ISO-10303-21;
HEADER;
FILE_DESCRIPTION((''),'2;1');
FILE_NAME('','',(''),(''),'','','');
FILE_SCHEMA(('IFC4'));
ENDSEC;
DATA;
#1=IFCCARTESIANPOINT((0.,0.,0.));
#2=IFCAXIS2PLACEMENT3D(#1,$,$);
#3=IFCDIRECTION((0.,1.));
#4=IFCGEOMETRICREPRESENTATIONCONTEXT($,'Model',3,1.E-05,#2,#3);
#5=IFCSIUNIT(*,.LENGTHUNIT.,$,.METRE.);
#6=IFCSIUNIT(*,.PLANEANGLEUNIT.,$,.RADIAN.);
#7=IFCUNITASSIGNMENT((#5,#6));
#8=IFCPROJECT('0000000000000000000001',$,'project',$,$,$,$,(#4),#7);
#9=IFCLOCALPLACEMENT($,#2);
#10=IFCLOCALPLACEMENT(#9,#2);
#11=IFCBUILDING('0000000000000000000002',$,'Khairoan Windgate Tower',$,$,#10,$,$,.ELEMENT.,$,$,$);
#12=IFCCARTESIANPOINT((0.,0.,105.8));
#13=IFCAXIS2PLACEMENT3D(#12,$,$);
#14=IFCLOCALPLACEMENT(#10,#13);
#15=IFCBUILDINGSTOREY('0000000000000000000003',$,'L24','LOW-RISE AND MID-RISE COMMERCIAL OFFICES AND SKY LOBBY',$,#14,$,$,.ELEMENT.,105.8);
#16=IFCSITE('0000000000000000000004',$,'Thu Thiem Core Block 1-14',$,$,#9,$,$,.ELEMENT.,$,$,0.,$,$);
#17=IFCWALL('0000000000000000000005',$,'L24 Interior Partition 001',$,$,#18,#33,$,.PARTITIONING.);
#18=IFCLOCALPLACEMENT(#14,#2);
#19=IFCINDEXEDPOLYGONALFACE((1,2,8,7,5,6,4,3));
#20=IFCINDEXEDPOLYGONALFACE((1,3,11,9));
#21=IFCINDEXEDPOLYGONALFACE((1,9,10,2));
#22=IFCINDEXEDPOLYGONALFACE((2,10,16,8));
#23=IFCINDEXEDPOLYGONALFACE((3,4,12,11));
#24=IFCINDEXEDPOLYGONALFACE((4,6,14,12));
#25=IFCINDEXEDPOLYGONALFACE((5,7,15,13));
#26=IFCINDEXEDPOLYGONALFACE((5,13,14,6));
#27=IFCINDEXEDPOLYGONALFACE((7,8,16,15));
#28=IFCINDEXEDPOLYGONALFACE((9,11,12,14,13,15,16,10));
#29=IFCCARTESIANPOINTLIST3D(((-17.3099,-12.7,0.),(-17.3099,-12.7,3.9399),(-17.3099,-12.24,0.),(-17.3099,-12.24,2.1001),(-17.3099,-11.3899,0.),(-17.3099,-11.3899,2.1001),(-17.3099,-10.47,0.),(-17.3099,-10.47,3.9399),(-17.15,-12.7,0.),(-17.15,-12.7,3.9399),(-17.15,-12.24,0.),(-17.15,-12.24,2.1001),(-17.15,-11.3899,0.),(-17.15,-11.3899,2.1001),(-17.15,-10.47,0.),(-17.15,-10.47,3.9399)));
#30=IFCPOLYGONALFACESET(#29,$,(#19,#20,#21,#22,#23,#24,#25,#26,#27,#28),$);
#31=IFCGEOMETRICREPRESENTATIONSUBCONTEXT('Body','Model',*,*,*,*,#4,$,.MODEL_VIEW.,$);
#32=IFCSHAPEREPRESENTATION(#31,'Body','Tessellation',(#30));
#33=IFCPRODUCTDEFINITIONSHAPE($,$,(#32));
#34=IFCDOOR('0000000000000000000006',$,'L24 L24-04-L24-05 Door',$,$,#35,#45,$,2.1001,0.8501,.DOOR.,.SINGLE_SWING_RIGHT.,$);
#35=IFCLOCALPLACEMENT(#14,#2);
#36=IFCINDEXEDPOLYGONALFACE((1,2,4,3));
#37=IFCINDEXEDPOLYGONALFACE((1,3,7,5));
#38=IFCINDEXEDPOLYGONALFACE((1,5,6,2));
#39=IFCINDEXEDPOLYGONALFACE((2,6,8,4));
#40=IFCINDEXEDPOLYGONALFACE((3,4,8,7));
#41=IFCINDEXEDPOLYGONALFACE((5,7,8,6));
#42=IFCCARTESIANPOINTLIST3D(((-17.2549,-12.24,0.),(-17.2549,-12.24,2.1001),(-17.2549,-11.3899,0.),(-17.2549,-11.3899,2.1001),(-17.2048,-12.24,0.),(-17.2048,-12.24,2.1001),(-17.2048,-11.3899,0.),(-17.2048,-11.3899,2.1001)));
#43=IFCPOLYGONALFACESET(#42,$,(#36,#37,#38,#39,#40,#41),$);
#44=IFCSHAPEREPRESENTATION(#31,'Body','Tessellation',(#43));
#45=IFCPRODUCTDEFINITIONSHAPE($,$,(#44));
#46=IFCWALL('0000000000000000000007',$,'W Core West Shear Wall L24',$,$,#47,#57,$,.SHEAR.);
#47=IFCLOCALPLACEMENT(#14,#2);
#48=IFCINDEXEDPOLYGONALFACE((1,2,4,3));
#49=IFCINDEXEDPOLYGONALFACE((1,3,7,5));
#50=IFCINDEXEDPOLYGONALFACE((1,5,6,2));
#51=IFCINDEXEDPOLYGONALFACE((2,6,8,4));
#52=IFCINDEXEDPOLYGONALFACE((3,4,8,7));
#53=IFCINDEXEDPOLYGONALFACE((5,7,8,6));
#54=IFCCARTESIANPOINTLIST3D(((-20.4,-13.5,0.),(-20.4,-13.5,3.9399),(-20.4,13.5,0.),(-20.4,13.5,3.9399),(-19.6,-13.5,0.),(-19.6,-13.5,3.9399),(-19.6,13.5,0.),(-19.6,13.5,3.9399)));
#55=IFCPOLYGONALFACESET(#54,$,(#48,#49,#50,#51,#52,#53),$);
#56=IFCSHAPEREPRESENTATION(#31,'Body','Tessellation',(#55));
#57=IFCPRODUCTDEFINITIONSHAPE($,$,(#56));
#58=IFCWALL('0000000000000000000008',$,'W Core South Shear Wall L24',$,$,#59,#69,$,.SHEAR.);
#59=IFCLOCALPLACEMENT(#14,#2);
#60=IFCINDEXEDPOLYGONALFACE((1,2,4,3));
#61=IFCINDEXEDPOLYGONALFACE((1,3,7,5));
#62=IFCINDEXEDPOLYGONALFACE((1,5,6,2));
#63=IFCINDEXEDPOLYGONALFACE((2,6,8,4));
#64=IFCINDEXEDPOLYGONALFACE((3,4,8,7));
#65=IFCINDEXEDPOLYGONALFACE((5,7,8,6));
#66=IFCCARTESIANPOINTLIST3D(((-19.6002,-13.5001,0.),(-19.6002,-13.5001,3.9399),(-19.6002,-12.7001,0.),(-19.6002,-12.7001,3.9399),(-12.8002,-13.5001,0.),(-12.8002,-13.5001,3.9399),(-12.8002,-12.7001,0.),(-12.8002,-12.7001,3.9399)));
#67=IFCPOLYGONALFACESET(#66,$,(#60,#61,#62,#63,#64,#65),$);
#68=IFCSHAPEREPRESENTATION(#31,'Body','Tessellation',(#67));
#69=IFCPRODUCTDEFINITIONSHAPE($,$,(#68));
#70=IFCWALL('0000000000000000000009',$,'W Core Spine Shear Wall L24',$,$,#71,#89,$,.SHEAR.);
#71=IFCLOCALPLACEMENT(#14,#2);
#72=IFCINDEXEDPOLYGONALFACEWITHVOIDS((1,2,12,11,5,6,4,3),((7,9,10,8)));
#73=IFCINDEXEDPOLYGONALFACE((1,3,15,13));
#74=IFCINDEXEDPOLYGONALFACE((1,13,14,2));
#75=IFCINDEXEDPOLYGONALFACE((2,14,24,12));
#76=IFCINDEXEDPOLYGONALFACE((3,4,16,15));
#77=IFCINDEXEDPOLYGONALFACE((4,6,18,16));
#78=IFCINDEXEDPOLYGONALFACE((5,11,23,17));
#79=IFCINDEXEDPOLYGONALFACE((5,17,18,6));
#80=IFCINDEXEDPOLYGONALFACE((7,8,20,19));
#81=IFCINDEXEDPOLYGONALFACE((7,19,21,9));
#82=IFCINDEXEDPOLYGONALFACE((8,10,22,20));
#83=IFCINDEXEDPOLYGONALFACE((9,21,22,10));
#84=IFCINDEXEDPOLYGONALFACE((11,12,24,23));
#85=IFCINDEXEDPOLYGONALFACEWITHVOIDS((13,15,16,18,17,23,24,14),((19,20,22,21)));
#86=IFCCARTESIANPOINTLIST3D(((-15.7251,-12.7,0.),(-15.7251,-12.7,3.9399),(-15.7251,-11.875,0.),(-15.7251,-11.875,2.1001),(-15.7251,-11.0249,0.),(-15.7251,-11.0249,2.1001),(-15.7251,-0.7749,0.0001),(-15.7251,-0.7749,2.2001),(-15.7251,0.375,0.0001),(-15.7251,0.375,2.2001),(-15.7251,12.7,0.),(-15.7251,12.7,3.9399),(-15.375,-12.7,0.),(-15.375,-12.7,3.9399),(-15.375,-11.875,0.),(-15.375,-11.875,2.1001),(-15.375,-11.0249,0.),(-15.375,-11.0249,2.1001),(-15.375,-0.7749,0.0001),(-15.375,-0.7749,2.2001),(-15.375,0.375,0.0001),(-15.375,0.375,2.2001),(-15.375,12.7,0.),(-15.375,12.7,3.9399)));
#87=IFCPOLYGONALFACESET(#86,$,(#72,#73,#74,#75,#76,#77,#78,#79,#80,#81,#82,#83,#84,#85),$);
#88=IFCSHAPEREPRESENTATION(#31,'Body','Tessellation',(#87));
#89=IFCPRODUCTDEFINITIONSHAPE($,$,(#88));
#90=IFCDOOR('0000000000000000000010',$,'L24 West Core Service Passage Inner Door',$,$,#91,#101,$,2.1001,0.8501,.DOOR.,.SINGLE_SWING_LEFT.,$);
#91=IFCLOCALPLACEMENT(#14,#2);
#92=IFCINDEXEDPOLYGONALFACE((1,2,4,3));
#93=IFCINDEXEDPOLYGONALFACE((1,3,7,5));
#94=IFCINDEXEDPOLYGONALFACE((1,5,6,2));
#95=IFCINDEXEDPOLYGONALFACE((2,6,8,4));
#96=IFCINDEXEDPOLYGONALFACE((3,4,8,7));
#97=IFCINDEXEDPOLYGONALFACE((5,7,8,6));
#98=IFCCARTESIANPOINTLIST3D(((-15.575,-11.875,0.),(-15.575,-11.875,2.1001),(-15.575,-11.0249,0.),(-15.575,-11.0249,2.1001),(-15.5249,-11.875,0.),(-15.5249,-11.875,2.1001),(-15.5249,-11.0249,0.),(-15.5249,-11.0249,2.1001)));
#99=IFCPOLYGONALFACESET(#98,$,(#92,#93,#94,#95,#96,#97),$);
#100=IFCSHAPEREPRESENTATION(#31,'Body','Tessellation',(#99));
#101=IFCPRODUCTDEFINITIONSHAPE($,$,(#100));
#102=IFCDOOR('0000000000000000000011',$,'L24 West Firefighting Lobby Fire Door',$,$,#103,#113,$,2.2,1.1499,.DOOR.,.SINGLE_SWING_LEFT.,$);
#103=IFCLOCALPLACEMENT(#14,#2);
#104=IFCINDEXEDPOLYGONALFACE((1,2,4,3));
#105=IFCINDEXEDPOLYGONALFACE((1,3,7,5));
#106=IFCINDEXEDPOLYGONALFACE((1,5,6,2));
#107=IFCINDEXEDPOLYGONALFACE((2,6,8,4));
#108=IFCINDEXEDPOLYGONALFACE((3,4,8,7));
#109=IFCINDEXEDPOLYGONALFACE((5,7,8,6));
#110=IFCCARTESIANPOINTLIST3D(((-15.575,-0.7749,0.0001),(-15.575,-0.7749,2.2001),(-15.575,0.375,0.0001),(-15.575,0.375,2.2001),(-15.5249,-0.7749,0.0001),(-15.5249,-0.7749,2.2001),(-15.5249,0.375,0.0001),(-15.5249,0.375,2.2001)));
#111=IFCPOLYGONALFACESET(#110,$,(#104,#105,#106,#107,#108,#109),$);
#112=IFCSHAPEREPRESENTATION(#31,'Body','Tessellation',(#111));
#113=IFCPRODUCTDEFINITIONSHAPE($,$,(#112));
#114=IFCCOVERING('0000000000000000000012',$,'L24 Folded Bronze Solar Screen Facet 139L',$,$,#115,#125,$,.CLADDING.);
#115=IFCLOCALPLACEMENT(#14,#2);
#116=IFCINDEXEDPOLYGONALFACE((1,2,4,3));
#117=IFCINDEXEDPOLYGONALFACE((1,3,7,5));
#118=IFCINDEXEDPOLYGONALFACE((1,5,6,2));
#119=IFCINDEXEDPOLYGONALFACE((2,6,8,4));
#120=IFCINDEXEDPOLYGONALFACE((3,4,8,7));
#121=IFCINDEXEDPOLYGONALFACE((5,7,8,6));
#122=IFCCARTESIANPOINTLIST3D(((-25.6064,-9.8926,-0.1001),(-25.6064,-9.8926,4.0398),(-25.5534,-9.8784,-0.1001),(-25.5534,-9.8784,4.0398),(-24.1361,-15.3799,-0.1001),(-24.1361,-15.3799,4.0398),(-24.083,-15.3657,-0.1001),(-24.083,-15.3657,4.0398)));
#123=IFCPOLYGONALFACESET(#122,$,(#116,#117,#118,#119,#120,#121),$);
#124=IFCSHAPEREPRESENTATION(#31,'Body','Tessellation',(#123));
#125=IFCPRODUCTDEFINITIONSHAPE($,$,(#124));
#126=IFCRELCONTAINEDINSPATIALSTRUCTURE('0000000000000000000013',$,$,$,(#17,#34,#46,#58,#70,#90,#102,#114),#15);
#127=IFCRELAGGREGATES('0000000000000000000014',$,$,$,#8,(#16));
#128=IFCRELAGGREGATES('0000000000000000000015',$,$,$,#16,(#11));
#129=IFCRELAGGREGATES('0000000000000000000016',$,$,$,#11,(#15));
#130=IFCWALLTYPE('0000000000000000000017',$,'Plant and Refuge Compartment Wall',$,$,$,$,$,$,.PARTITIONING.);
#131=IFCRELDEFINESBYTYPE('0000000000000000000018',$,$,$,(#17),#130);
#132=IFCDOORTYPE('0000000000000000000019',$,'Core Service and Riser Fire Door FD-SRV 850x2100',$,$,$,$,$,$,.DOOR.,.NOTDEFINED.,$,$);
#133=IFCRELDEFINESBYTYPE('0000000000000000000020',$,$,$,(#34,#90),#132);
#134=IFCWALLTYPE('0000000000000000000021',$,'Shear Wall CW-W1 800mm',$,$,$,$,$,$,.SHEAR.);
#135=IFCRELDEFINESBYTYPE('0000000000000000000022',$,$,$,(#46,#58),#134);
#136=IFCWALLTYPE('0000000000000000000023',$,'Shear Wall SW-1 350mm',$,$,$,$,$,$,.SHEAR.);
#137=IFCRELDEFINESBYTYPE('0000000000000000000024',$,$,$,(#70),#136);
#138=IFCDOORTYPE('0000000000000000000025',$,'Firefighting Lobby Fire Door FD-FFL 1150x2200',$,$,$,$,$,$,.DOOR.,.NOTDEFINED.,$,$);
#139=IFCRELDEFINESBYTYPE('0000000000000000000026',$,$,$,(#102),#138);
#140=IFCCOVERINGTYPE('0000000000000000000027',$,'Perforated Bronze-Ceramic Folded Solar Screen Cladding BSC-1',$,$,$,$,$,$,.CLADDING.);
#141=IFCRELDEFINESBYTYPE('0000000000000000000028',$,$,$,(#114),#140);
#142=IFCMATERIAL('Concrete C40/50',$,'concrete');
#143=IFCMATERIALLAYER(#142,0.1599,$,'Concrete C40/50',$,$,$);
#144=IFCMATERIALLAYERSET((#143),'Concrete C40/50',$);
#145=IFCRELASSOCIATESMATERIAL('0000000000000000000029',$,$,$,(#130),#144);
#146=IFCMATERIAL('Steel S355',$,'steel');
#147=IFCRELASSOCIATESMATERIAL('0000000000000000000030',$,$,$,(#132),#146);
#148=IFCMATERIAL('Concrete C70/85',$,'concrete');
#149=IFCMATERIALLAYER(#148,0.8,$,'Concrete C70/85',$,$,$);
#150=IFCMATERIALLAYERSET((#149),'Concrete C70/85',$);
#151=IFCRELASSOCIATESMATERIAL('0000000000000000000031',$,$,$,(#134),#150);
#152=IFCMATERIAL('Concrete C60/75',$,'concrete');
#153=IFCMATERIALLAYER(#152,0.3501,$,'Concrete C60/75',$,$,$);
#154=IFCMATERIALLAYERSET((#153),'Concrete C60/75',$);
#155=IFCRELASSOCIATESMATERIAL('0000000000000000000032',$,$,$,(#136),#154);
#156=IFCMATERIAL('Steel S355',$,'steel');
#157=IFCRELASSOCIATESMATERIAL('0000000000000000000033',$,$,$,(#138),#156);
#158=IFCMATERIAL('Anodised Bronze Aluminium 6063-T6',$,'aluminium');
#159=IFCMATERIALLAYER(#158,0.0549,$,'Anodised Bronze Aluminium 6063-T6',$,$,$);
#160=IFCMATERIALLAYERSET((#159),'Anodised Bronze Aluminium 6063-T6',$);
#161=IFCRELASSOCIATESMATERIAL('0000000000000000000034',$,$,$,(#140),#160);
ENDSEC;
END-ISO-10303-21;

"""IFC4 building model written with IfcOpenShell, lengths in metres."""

from ifc_helpers import new_model, si_unit, direction, frame, frame_2d, origin, origin_2d, place, context, subcontext, project, spatial, rectangle, extrude, material, layer, layer_set, type_object, element, fill, save


model = new_model("IFC4")

# Units and contexts
model_context = context("Model", 3, precision=1e-05, world=origin(), true_north=direction((0.0, 1.0)))
body_context = subcontext(model_context, "Body", "Model", "MODEL_VIEW")
ifc_project = project(units=[si_unit("LENGTHUNIT", "METRE"), si_unit("PLANEANGLEUNIT", "RADIAN")], contexts=[model_context])

# Site, building, storey
site_placement = place(None, origin())
site = spatial("IfcSite", under=ifc_project, at=site_placement, Name="Thu Thiem Core Block 1-14", CompositionType="ELEMENT", RefElevation=0.0)
building_placement = place(site_placement, origin())
building = spatial("IfcBuilding", under=site, at=building_placement, Name="Khairoan Windgate Tower", CompositionType="ELEMENT")
storey_placement = place(building_placement, frame((0.0, 0.0, 105.8)))
storey = spatial("IfcBuildingStorey", under=building, at=storey_placement, Name="L24", Description="LOW-RISE AND MID-RISE COMMERCIAL OFFICES AND SKY LOBBY", CompositionType="ELEMENT", Elevation=105.8)

# Wall, opening, door
ifc_material_1 = material(Name="Concrete C40/50", Category="concrete")
ifc_layer_1 = layer(ifc_material_1, 0.1599, Name="Concrete C40/50")
ifc_layer_set_1 = layer_set([ifc_layer_1], Name="Concrete C40/50")
wall_type_1 = type_object("IfcWallType", Name="Plant and Refuge Compartment Wall", PredefinedType="PARTITIONING", material=ifc_layer_set_1)
wall_1_placement = place(storey_placement, frame((-17.23, -12.7, 0.0), z_axis=(0.0, 0.0, 1.0), x_axis=(0.0, 1.0, 0.0)))
wall_1 = element("IfcWall", 1, at=wall_1_placement, inside=storey, type_object=wall_type_1, Name="L24 Interior Partition 001", PredefinedType="PARTITIONING", context=body_context, shape_type="SweptSolid", body=[
    extrude(rectangle(XDim=2.23, YDim=0.1599, at=frame_2d((1.115, 0.0))), origin(), (0.0, 0.0, 1.0), 3.9399),
])
opening_1_placement = place(wall_1_placement, frame((0.46, 0.0, 0.0)))
opening_1 = element("IfcOpeningElement", 2, at=opening_1_placement, cuts=wall_1, PredefinedType="OPENING", context=body_context, shape_type="SweptSolid", body=[
    extrude(rectangle(XDim=0.8501, YDim=2.1001, at=frame_2d((0.425, 1.05))), frame((0.0, 0.0898, 0.0), z_axis=(0.0, -1.0, 0.0), x_axis=(1.0, 0.0, 0.0)), (0.0, 0.0, 1.0), 0.1799),
])
ifc_material_2 = material(Name="Steel S355", Category="steel")
door_type_1 = type_object("IfcDoorType", Name="Core Service and Riser Fire Door FD-SRV 850x2100", OperationType="NOTDEFINED", PredefinedType="DOOR", material=ifc_material_2)
door_1_placement = place(opening_1_placement, origin())
door_1 = element("IfcDoor", 3, at=door_1_placement, inside=storey, type_object=door_type_1, Name="L24 L24-04-L24-05 Door", OperationType="SINGLE_SWING_RIGHT", OverallHeight=2.1001, OverallWidth=0.8501, PredefinedType="DOOR", context=body_context, shape_type="SweptSolid", body=[
    extrude(rectangle(XDim=0.8501, YDim=2.1001, at=frame_2d((0.425, 1.05))), frame((0.0, 0.0249, 0.0), z_axis=(0.0, -1.0, 0.0), x_axis=(1.0, 0.0, 0.0)), (0.0, 0.0, 1.0), 0.05),
])
fill(opening_1, door_1)

# Walls
ifc_material_3 = material(Name="Concrete C70/85", Category="concrete")
ifc_layer_2 = layer(ifc_material_3, 0.8, Name="Concrete C70/85")
ifc_layer_set_2 = layer_set([ifc_layer_2], Name="Concrete C70/85")
wall_type_2 = type_object("IfcWallType", Name="Shear Wall CW-W1 800mm", PredefinedType="SHEAR", material=ifc_layer_set_2)
wall_2_placement = place(storey_placement, frame((-20.0, -13.5, 0.0), z_axis=(0.0, 0.0, 1.0), x_axis=(0.0, 1.0, 0.0)))
element("IfcWall", 4, at=wall_2_placement, inside=storey, type_object=wall_type_2, Name="W Core West Shear Wall L24", PredefinedType="SHEAR", context=body_context, shape_type="SweptSolid", body=[
    extrude(rectangle(XDim=27.0, YDim=0.8, at=frame_2d((13.5, 0.0))), origin(), (0.0, 0.0, 1.0), 3.9399),
])
wall_3_placement = place(storey_placement, frame((-19.6001, -13.1001, 0.0), z_axis=(0.0, 0.0, 1.0), x_axis=(1.0, 0.0, 0.0)))
element("IfcWall", 5, at=wall_3_placement, inside=storey, type_object=wall_type_2, Name="W Core South Shear Wall L24", PredefinedType="SHEAR", context=body_context, shape_type="SweptSolid", body=[
    extrude(rectangle(XDim=6.8, YDim=0.8, at=frame_2d((3.3999, 0.0))), origin(), (0.0, 0.0, 1.0), 3.9399),
])

# Wall, openings, doors
ifc_material_4 = material(Name="Concrete C60/75", Category="concrete")
ifc_layer_3 = layer(ifc_material_4, 0.3501, Name="Concrete C60/75")
ifc_layer_set_3 = layer_set([ifc_layer_3], Name="Concrete C60/75")
wall_type_3 = type_object("IfcWallType", Name="Shear Wall SW-1 350mm", PredefinedType="SHEAR", material=ifc_layer_set_3)
wall_4_placement = place(storey_placement, frame((-15.55, -12.7, 0.0), z_axis=(0.0, 0.0, 1.0), x_axis=(0.0, 1.0, 0.0)))
wall_4 = element("IfcWall", 6, at=wall_4_placement, inside=storey, type_object=wall_type_3, Name="W Core Spine Shear Wall L24", PredefinedType="SHEAR", context=body_context, shape_type="SweptSolid", body=[
    extrude(rectangle(XDim=25.3999, YDim=0.3501, at=frame_2d((12.7, 0.0))), origin(), (0.0, 0.0, 1.0), 3.9399),
])
opening_2_placement = place(wall_4_placement, frame((11.925, 0.0, 0.0)))
opening_2 = element("IfcOpeningElement", 7, at=opening_2_placement, cuts=wall_4, PredefinedType="OPENING", context=body_context, shape_type="SweptSolid", body=[
    extrude(rectangle(XDim=1.1499, YDim=2.2, at=frame_2d((0.575, 1.1001))), frame((0.0, 0.1851, 0.0), z_axis=(0.0, -1.0, 0.0), x_axis=(1.0, 0.0, 0.0)), (0.0, 0.0, 1.0), 0.3701),
])
opening_3_placement = place(wall_4_placement, frame((0.825, 0.0, 0.0)))
opening_3 = element("IfcOpeningElement", 8, at=opening_3_placement, cuts=wall_4, PredefinedType="OPENING", context=body_context, shape_type="SweptSolid", body=[
    extrude(rectangle(XDim=0.8501, YDim=2.1001, at=frame_2d((0.425, 1.05))), frame((0.0, 0.1851, 0.0), z_axis=(0.0, -1.0, 0.0), x_axis=(1.0, 0.0, 0.0)), (0.0, 0.0, 1.0), 0.3701),
])
door_2_placement = place(opening_3_placement, origin())
door_2 = element("IfcDoor", 9, at=door_2_placement, inside=storey, type_object=door_type_1, Name="L24 West Core Service Passage Inner Door", OperationType="SINGLE_SWING_LEFT", OverallHeight=2.1001, OverallWidth=0.8501, PredefinedType="DOOR", context=body_context, shape_type="SweptSolid", body=[
    extrude(rectangle(XDim=0.8501, YDim=2.1001, at=frame_2d((0.425, 1.05))), frame((0.0, 0.0249, 0.0), z_axis=(0.0, -1.0, 0.0), x_axis=(1.0, 0.0, 0.0)), (0.0, 0.0, 1.0), 0.05),
])
fill(opening_3, door_2)
ifc_material_5 = material(Name="Steel S355", Category="steel")
door_type_2 = type_object("IfcDoorType", Name="Firefighting Lobby Fire Door FD-FFL 1150x2200", OperationType="NOTDEFINED", PredefinedType="DOOR", material=ifc_material_5)
door_3_placement = place(opening_2_placement, origin())
door_3 = element("IfcDoor", 10, at=door_3_placement, inside=storey, type_object=door_type_2, Name="L24 West Firefighting Lobby Fire Door", OperationType="SINGLE_SWING_LEFT", OverallHeight=2.2, OverallWidth=1.1499, PredefinedType="DOOR", context=body_context, shape_type="SweptSolid", body=[
    extrude(rectangle(XDim=1.1499, YDim=2.2, at=frame_2d((0.575, 1.1001))), frame((0.0, 0.0249, 0.0), z_axis=(0.0, -1.0, 0.0), x_axis=(1.0, 0.0, 0.0)), (0.0, 0.0, 1.0), 0.05),
])
fill(opening_2, door_3)

# Covering
ifc_material_6 = material(Name="Anodised Bronze Aluminium 6063-T6", Category="aluminium")
ifc_layer_4 = layer(ifc_material_6, 0.0549, Name="Anodised Bronze Aluminium 6063-T6")
ifc_layer_set_4 = layer_set([ifc_layer_4], Name="Anodised Bronze Aluminium 6063-T6")
covering_type = type_object("IfcCoveringType", Name="Perforated Bronze-Ceramic Folded Solar Screen Cladding BSC-1", PredefinedType="CLADDING", material=ifc_layer_set_4)
covering_placement = place(storey_placement, frame((-24.8447, -12.6292, -0.1001), z_axis=(0.0, 0.0, 1.0), x_axis=(-0.258819, 0.965926, 0.0)))
element("IfcCovering", 11, at=covering_placement, inside=storey, type_object=covering_type, Name="L24 Folded Bronze Solar Screen Facet 139L", PredefinedType="CLADDING", context=body_context, shape_type="SweptSolid", body=[
    extrude(rectangle(XDim=5.6809, YDim=0.0549, at=origin_2d()), origin(), (0.0, 0.0, 1.0), 4.1399),
])

save(model, "model.ifc")
